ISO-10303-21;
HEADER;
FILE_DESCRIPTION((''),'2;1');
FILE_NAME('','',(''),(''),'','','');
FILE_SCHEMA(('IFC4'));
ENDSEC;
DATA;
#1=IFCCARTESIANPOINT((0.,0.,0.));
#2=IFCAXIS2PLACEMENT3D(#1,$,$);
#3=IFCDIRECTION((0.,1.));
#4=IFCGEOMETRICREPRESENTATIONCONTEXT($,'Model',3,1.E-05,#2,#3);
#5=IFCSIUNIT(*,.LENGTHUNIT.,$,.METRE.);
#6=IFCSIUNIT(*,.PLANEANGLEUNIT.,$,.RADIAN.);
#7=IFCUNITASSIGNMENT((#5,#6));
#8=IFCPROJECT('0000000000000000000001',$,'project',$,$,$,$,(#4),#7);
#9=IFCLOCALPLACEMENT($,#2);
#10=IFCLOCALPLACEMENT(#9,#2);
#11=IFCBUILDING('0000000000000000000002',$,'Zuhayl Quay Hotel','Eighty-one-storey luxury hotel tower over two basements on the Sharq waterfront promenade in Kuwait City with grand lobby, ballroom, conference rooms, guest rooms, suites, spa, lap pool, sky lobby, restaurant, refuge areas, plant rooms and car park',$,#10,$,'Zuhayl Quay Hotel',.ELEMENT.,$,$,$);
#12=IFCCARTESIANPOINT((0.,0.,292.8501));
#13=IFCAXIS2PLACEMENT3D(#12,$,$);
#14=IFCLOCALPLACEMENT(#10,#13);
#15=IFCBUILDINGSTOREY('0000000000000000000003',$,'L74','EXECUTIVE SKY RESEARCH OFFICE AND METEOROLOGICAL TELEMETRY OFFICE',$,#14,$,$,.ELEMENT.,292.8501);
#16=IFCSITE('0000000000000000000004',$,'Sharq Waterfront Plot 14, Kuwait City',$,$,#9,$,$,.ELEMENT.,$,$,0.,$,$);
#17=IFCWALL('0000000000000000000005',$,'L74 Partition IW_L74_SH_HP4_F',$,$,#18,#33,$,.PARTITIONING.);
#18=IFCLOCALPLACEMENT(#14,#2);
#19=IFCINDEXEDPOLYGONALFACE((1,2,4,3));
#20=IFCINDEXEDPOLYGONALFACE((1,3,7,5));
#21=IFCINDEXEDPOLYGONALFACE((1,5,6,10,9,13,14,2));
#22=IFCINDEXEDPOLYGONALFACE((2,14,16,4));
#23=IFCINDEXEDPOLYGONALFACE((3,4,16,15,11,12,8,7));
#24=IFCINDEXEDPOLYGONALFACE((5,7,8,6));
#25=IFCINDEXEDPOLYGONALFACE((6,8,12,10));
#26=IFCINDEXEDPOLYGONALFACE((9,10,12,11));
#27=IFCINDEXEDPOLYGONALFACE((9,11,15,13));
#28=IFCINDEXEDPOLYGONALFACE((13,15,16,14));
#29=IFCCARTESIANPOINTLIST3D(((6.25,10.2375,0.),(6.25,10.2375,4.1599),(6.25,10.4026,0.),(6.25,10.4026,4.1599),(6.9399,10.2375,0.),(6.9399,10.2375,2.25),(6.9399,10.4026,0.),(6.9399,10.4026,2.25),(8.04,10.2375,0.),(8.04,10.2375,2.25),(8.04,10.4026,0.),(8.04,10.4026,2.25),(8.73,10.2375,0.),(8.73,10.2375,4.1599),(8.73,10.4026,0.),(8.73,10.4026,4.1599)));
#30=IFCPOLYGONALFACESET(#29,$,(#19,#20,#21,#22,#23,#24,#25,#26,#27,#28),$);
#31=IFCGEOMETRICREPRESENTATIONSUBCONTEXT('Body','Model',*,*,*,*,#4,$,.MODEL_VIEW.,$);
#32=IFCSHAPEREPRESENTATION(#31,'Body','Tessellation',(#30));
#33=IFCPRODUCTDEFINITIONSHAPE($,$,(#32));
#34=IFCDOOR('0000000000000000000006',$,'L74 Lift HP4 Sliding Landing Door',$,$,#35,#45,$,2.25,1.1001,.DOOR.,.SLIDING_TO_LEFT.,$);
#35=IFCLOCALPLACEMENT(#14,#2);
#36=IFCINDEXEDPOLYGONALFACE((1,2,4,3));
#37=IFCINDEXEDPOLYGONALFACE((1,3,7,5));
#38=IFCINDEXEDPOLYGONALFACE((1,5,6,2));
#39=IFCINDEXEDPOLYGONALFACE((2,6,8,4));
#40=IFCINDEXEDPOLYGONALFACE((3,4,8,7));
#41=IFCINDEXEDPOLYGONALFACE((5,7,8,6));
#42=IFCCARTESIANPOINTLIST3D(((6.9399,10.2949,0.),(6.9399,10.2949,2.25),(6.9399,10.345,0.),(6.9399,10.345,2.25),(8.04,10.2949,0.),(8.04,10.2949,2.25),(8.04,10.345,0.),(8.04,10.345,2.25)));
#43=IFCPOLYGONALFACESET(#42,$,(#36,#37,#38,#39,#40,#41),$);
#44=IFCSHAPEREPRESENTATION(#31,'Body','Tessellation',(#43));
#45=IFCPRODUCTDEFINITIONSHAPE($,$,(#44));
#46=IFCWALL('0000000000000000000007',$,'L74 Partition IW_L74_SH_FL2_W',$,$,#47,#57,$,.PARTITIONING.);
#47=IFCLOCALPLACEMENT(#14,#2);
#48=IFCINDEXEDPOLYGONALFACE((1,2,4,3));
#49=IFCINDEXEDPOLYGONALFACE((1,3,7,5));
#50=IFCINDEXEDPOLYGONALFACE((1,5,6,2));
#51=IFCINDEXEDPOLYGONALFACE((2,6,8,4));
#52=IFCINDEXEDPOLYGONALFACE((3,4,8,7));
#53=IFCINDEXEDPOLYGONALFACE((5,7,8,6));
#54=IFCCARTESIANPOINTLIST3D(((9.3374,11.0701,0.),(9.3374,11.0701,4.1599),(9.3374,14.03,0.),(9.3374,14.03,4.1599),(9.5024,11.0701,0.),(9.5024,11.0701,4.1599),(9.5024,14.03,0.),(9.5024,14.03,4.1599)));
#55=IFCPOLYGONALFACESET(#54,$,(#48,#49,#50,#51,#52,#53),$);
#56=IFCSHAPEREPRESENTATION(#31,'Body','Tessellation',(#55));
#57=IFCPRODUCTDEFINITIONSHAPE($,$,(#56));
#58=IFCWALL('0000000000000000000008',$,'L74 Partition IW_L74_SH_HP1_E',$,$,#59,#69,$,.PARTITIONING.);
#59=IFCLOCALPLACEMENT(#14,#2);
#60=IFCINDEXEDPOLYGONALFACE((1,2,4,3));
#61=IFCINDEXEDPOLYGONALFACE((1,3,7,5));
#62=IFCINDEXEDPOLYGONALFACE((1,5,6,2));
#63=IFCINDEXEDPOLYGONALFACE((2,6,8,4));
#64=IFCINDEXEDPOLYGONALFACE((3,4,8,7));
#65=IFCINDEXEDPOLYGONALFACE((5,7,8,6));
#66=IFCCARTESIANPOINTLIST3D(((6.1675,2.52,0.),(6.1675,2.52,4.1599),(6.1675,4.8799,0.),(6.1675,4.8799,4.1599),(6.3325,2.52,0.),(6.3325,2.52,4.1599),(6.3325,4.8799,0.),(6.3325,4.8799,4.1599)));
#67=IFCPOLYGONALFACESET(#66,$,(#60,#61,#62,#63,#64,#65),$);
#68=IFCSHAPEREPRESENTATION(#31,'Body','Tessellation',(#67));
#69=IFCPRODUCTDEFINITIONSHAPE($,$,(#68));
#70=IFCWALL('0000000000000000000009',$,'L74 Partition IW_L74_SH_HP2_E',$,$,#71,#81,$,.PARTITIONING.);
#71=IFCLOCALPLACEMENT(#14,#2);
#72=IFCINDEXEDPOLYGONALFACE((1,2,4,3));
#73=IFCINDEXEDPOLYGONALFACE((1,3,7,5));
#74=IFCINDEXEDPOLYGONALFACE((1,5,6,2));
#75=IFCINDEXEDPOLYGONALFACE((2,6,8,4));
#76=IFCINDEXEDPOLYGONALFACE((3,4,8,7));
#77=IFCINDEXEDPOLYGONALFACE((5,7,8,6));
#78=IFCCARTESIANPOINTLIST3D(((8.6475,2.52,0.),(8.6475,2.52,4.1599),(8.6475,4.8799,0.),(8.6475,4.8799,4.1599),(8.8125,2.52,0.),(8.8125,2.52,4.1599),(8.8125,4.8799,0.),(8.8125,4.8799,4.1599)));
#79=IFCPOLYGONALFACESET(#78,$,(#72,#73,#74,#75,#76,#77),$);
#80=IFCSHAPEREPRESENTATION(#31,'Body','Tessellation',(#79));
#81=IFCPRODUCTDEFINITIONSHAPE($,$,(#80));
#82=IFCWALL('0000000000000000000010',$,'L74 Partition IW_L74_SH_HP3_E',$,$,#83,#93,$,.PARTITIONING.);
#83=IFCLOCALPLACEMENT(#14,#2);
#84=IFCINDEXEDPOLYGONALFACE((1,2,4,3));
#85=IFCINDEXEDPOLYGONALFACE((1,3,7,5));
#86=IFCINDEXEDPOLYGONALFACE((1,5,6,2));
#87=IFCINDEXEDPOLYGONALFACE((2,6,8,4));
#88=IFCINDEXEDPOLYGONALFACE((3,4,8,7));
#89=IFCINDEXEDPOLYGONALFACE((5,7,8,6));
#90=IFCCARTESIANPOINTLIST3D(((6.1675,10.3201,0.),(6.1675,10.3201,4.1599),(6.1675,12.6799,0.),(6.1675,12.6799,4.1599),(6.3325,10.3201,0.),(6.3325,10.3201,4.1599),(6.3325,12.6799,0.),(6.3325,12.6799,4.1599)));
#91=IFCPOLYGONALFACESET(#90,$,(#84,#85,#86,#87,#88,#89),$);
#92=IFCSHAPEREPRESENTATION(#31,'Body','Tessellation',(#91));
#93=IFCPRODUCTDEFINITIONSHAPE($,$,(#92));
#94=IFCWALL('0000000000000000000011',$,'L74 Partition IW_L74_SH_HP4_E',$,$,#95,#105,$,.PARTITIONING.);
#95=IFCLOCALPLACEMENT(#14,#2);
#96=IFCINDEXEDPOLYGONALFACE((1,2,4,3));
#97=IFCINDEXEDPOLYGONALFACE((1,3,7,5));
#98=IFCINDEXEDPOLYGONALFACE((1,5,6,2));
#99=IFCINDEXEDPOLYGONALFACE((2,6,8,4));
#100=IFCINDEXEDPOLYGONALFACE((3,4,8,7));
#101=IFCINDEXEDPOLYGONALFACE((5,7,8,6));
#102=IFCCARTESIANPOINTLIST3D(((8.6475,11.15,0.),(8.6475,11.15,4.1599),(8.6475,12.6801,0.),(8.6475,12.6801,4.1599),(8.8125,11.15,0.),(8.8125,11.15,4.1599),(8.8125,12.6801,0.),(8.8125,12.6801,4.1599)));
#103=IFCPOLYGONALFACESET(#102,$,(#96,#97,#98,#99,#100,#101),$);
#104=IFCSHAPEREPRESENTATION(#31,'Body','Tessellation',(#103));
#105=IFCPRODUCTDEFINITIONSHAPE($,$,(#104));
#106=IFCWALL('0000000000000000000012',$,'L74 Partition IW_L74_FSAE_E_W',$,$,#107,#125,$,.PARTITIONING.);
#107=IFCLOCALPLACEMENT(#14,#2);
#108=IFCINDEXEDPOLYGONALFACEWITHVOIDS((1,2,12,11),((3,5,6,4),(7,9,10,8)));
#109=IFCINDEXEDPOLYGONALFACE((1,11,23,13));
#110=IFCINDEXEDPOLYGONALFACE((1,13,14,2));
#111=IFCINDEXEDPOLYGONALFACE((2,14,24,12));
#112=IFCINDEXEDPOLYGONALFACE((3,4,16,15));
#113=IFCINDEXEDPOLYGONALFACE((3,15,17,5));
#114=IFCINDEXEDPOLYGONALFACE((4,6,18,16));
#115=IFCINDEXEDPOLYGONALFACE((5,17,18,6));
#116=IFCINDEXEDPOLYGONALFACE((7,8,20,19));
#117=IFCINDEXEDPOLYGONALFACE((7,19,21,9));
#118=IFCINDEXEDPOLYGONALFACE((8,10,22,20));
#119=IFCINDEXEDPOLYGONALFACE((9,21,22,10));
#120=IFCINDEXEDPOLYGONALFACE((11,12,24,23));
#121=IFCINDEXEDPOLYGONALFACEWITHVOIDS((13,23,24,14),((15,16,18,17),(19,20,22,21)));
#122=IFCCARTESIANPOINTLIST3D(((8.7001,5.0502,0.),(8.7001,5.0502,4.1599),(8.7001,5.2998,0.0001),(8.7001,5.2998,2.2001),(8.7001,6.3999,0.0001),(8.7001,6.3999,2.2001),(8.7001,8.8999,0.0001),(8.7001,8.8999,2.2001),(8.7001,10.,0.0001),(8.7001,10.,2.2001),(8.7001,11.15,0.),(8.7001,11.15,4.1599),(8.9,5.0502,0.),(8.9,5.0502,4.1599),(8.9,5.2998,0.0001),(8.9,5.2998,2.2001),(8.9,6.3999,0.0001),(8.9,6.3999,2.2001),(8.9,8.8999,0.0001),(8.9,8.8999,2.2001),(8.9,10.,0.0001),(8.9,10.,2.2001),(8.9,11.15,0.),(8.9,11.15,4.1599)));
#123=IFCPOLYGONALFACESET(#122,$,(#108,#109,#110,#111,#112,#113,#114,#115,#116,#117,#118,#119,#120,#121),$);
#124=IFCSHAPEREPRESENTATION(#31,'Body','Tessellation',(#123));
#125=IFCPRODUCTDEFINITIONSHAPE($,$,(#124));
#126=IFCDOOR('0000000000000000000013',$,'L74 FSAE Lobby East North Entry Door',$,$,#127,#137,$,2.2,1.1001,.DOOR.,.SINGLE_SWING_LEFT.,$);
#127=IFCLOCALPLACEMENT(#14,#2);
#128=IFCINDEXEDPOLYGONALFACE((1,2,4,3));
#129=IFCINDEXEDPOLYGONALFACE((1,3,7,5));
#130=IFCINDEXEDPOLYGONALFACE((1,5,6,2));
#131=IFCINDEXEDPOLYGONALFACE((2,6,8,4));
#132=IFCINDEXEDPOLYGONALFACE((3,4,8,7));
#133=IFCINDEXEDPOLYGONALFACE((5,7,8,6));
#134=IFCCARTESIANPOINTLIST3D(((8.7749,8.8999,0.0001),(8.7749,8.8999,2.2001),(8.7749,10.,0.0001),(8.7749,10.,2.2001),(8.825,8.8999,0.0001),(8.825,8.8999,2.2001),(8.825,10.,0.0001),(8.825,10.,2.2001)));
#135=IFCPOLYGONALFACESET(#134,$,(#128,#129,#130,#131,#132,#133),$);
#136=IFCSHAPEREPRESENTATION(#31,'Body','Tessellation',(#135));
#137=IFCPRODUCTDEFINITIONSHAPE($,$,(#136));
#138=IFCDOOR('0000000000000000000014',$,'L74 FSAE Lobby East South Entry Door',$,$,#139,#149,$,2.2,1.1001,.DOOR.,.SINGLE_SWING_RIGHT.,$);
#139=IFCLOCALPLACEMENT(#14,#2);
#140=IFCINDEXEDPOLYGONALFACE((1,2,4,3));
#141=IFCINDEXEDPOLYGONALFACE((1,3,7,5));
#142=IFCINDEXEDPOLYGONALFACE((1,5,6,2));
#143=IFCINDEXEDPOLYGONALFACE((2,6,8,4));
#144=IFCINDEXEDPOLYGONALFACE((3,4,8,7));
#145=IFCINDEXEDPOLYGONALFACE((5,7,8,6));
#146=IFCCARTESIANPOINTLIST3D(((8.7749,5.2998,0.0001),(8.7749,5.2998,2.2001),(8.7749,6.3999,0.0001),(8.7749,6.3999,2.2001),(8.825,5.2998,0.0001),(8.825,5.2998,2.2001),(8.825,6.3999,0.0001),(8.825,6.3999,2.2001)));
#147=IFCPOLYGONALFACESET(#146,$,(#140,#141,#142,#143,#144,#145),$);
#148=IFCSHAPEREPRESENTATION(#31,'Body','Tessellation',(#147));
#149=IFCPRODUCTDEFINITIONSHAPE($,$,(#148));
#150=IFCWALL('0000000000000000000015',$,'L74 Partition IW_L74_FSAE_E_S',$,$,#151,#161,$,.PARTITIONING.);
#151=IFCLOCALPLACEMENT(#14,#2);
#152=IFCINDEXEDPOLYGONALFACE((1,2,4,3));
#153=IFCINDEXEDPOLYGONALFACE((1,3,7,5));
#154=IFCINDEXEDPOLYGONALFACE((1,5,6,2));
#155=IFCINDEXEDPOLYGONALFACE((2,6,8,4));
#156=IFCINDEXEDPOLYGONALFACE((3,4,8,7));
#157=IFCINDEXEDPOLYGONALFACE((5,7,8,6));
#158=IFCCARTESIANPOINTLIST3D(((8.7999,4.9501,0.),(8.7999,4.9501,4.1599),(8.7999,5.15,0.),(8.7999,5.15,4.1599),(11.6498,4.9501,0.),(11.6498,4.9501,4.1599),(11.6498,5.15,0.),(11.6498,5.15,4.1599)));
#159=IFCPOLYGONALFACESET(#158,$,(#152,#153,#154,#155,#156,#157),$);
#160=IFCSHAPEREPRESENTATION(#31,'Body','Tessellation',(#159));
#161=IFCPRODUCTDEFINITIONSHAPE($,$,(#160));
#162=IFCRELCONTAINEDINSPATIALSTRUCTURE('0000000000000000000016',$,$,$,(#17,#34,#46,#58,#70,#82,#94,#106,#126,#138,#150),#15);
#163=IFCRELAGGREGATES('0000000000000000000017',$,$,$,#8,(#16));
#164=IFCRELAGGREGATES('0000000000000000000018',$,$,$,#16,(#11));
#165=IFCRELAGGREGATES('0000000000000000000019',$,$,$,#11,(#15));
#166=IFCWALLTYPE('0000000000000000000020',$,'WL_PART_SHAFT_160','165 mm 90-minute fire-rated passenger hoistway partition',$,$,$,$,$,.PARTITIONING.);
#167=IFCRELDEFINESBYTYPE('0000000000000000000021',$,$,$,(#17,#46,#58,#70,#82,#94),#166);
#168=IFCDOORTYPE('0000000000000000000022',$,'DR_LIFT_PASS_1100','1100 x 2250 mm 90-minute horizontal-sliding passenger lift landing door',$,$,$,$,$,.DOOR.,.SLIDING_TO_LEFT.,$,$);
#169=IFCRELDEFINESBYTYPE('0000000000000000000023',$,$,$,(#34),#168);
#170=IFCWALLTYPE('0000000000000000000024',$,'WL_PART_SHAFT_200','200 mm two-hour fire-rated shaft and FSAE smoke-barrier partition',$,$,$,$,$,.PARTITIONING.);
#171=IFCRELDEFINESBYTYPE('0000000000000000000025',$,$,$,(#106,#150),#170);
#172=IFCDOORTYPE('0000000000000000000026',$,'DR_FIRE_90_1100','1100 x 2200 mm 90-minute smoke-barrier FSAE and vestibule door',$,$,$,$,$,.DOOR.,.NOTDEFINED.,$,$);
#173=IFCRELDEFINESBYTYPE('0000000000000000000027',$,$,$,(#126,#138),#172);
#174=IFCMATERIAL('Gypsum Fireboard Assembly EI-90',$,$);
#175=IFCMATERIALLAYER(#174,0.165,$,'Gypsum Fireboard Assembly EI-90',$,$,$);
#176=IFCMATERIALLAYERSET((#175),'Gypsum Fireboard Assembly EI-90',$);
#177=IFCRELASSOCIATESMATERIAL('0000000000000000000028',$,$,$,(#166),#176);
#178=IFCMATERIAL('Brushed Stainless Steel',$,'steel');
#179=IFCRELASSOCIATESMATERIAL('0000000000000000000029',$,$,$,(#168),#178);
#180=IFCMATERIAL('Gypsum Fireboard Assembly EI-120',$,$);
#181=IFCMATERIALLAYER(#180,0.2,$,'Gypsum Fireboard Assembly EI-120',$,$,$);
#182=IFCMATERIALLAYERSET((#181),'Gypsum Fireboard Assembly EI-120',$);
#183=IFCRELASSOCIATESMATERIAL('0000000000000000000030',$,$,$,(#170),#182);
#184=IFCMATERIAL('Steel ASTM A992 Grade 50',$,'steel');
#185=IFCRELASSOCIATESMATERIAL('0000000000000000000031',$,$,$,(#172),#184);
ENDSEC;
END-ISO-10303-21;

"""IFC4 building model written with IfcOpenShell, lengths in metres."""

from ifc_helpers import new_model, si_unit, direction, frame, frame_2d, origin, place, context, subcontext, project, spatial, rectangle, extrude, material, layer, layer_set, type_object, element, fill, save


model = new_model("IFC4")

# Units and contexts
model_context = context("Model", 3, precision=1e-05, world=origin(), true_north=direction((0.0, 1.0)))
body_context = subcontext(model_context, "Body", "Model", "MODEL_VIEW")
ifc_project = project(units=[si_unit("LENGTHUNIT", "METRE"), si_unit("PLANEANGLEUNIT", "RADIAN")], contexts=[model_context])

# Site, building, storey
site_placement = place(None, origin())
site = spatial("IfcSite", under=ifc_project, at=site_placement, Name="Sharq Waterfront Plot 14, Kuwait City", CompositionType="ELEMENT", RefElevation=0.0)
building_placement = place(site_placement, origin())
building = spatial("IfcBuilding", under=site, at=building_placement, Name="Zuhayl Quay Hotel", Description="Eighty-one-storey luxury hotel tower over two basements on the Sharq waterfront promenade in Kuwait City with grand lobby, ballroom, conference rooms, guest rooms, suites, spa, lap pool, sky lobby, restaurant, refuge areas, plant rooms and car park", LongName="Zuhayl Quay Hotel", CompositionType="ELEMENT")
storey_placement = place(building_placement, frame((0.0, 0.0, 292.8501)))
storey = spatial("IfcBuildingStorey", under=building, at=storey_placement, Name="L74", Description="EXECUTIVE SKY RESEARCH OFFICE AND METEOROLOGICAL TELEMETRY OFFICE", CompositionType="ELEMENT", Elevation=292.8501)

# Wall, opening, door
ifc_material_1 = material(Name="Gypsum Fireboard Assembly EI-90")
ifc_layer_1 = layer(ifc_material_1, 0.165, Name="Gypsum Fireboard Assembly EI-90")
ifc_layer_set_1 = layer_set([ifc_layer_1], Name="Gypsum Fireboard Assembly EI-90")
wall_type_1 = type_object("IfcWallType", Name="WL_PART_SHAFT_160", Description="165 mm 90-minute fire-rated passenger hoistway partition", PredefinedType="PARTITIONING", material=ifc_layer_set_1)
ifc_material_2 = material(Name="Brushed Stainless Steel", Category="steel")
door_type_1 = type_object("IfcDoorType", Name="DR_LIFT_PASS_1100", Description="1100 x 2250 mm 90-minute horizontal-sliding passenger lift landing door", OperationType="SLIDING_TO_LEFT", PredefinedType="DOOR", material=ifc_material_2)
wall_1_placement = place(storey_placement, frame((6.25, 10.3201, 0.0), z_axis=(0.0, 0.0, 1.0), x_axis=(1.0, 0.0, 0.0)))
wall_1 = element("IfcWall", 1, at=wall_1_placement, inside=storey, type_object=wall_type_1, Name="L74 Partition IW_L74_SH_HP4_F", PredefinedType="PARTITIONING", context=body_context, shape_type="SweptSolid", body=[
    extrude(rectangle(XDim=2.48, YDim=0.165, at=frame_2d((1.24, 0.0))), origin(), (0.0, 0.0, 1.0), 4.1599),
])
opening_1_placement = place(wall_1_placement, frame((0.6899, 0.0, 0.0)))
opening_1 = element("IfcOpeningElement", 2, at=opening_1_placement, cuts=wall_1, PredefinedType="OPENING", context=body_context, shape_type="SweptSolid", body=[
    extrude(rectangle(XDim=1.1001, YDim=2.25, at=frame_2d((0.55, 1.125))), frame((0.0, 0.0925, 0.0), z_axis=(0.0, -1.0, 0.0), x_axis=(1.0, 0.0, 0.0)), (0.0, 0.0, 1.0), 0.1851),
])
door_1_placement = place(opening_1_placement, origin())
door_1 = element("IfcDoor", 3, at=door_1_placement, inside=storey, type_object=door_type_1, Name="L74 Lift HP4 Sliding Landing Door", OperationType="SLIDING_TO_LEFT", OverallHeight=2.25, OverallWidth=1.1001, PredefinedType="DOOR", context=body_context, shape_type="SweptSolid", body=[
    extrude(rectangle(XDim=1.1001, YDim=2.25, at=frame_2d((0.55, 1.125))), frame((0.0, 0.0249, 0.0), z_axis=(0.0, -1.0, 0.0), x_axis=(1.0, 0.0, 0.0)), (0.0, 0.0, 1.0), 0.05),
])
fill(opening_1, door_1)

# Walls
wall_2_placement = place(storey_placement, frame((9.4199, 11.0701, 0.0), z_axis=(0.0, 0.0, 1.0), x_axis=(0.0, 1.0, 0.0)))
element("IfcWall", 4, at=wall_2_placement, inside=storey, type_object=wall_type_1, Name="L74 Partition IW_L74_SH_FL2_W", PredefinedType="PARTITIONING", context=body_context, shape_type="SweptSolid", body=[
    extrude(rectangle(XDim=2.96, YDim=0.165, at=frame_2d((1.48, 0.0))), origin(), (0.0, 0.0, 1.0), 4.1599),
])
for number, where, z_axis, x_axis, name in (
    (5, (6.25, 2.52, 0.0), (0.0, 0.0, 1.0), (0.0, 1.0, 0.0), "L74 Partition IW_L74_SH_HP1_E"),
    (6, (8.73, 2.52, 0.0), (0.0, 0.0, 1.0), (0.0, 1.0, 0.0), "L74 Partition IW_L74_SH_HP2_E"),
    (7, (6.25, 10.3201, 0.0), (0.0, 0.0, 1.0), (0.0, 1.0, 0.0), "L74 Partition IW_L74_SH_HP3_E"),
):
    element("IfcWall", number, at=place(storey_placement, frame(where, z_axis=z_axis, x_axis=x_axis)), inside=storey, type_object=wall_type_1, Name=name, PredefinedType="PARTITIONING", context=body_context, shape_type="SweptSolid", body=[
        extrude(rectangle(XDim=2.3599, YDim=0.165, at=frame_2d((1.1799, 0.0))), origin(), (0.0, 0.0, 1.0), 4.1599),
    ])
wall_3_placement = place(storey_placement, frame((8.73, 11.1499, 0.0), z_axis=(0.0, 0.0, 1.0), x_axis=(0.0, 1.0, 0.0)))
element("IfcWall", 8, at=wall_3_placement, inside=storey, type_object=wall_type_1, Name="L74 Partition IW_L74_SH_HP4_E", PredefinedType="PARTITIONING", context=body_context, shape_type="SweptSolid", body=[
    extrude(rectangle(XDim=1.53, YDim=0.165, at=frame_2d((0.7651, 0.0))), origin(), (0.0, 0.0, 1.0), 4.1599),
])

# Wall, openings, doors
ifc_material_3 = material(Name="Gypsum Fireboard Assembly EI-120")
ifc_layer_2 = layer(ifc_material_3, 0.2, Name="Gypsum Fireboard Assembly EI-120")
ifc_layer_set_2 = layer_set([ifc_layer_2], Name="Gypsum Fireboard Assembly EI-120")
wall_type_2 = type_object("IfcWallType", Name="WL_PART_SHAFT_200", Description="200 mm two-hour fire-rated shaft and FSAE smoke-barrier partition", PredefinedType="PARTITIONING", material=ifc_layer_set_2)
wall_4_placement = place(storey_placement, frame((8.8, 11.1499, 0.0), z_axis=(0.0, 0.0, 1.0), x_axis=(0.0, -1.0, 0.0)))
wall_4 = element("IfcWall", 9, at=wall_4_placement, inside=storey, type_object=wall_type_2, Name="L74 Partition IW_L74_FSAE_E_W", PredefinedType="PARTITIONING", context=body_context, shape_type="SweptSolid", body=[
    extrude(rectangle(XDim=6.0999, YDim=0.2, at=frame_2d((3.0498, 0.0))), origin(), (0.0, 0.0, 1.0), 4.1599),
])
opening_2_placement = place(wall_4_placement, frame((1.1499, 0.0, 0.0)))
opening_2 = element("IfcOpeningElement", 10, at=opening_2_placement, cuts=wall_4, PredefinedType="OPENING", context=body_context, shape_type="SweptSolid", body=[
    extrude(rectangle(XDim=1.1001, YDim=2.2, at=frame_2d((0.55, 1.1001))), frame((0.0, 0.1099, 0.0), z_axis=(0.0, -1.0, 0.0), x_axis=(1.0, 0.0, 0.0)), (0.0, 0.0, 1.0), 0.22),
])
opening_3_placement = place(wall_4_placement, frame((4.75, 0.0, 0.0)))
opening_3 = element("IfcOpeningElement", 11, at=opening_3_placement, cuts=wall_4, PredefinedType="OPENING", context=body_context, shape_type="SweptSolid", body=[
    extrude(rectangle(XDim=1.1001, YDim=2.2, at=frame_2d((0.55, 1.1001))), frame((0.0, 0.1099, 0.0), z_axis=(0.0, -1.0, 0.0), x_axis=(1.0, 0.0, 0.0)), (0.0, 0.0, 1.0), 0.22),
])
ifc_material_4 = material(Name="Steel ASTM A992 Grade 50", Category="steel")
door_type_2 = type_object("IfcDoorType", Name="DR_FIRE_90_1100", Description="1100 x 2200 mm 90-minute smoke-barrier FSAE and vestibule door", OperationType="NOTDEFINED", PredefinedType="DOOR", material=ifc_material_4)
door_2_placement = place(opening_2_placement, origin())
door_2 = element("IfcDoor", 12, at=door_2_placement, inside=storey, type_object=door_type_2, Name="L74 FSAE Lobby East North Entry Door", OperationType="SINGLE_SWING_LEFT", OverallHeight=2.2, OverallWidth=1.1001, PredefinedType="DOOR", context=body_context, shape_type="SweptSolid", body=[
    extrude(rectangle(XDim=1.1001, YDim=2.2, at=frame_2d((0.55, 1.1001))), frame((0.0, 0.0249, 0.0), z_axis=(0.0, -1.0, 0.0), x_axis=(1.0, 0.0, 0.0)), (0.0, 0.0, 1.0), 0.05),
])
fill(opening_2, door_2)
door_3_placement = place(opening_3_placement, origin())
door_3 = element("IfcDoor", 13, at=door_3_placement, inside=storey, type_object=door_type_2, Name="L74 FSAE Lobby East South Entry Door", OperationType="SINGLE_SWING_RIGHT", OverallHeight=2.2, OverallWidth=1.1001, PredefinedType="DOOR", context=body_context, shape_type="SweptSolid", body=[
    extrude(rectangle(XDim=1.1001, YDim=2.2, at=frame_2d((0.55, 1.1001))), frame((0.0, 0.0249, 0.0), z_axis=(0.0, -1.0, 0.0), x_axis=(1.0, 0.0, 0.0)), (0.0, 0.0, 1.0), 0.05),
])
fill(opening_3, door_3)

# Wall
wall_5_placement = place(storey_placement, frame((8.8, 5.05, 0.0), z_axis=(0.0, 0.0, 1.0), x_axis=(1.0, 0.0, 0.0)))
element("IfcWall", 14, at=wall_5_placement, inside=storey, type_object=wall_type_2, Name="L74 Partition IW_L74_FSAE_E_S", PredefinedType="PARTITIONING", context=body_context, shape_type="SweptSolid", body=[
    extrude(rectangle(XDim=2.8499, YDim=0.2, at=frame_2d((1.4248, 0.0))), origin(), (0.0, 0.0, 1.0), 4.1599),
])

save(model, "model.ifc")
